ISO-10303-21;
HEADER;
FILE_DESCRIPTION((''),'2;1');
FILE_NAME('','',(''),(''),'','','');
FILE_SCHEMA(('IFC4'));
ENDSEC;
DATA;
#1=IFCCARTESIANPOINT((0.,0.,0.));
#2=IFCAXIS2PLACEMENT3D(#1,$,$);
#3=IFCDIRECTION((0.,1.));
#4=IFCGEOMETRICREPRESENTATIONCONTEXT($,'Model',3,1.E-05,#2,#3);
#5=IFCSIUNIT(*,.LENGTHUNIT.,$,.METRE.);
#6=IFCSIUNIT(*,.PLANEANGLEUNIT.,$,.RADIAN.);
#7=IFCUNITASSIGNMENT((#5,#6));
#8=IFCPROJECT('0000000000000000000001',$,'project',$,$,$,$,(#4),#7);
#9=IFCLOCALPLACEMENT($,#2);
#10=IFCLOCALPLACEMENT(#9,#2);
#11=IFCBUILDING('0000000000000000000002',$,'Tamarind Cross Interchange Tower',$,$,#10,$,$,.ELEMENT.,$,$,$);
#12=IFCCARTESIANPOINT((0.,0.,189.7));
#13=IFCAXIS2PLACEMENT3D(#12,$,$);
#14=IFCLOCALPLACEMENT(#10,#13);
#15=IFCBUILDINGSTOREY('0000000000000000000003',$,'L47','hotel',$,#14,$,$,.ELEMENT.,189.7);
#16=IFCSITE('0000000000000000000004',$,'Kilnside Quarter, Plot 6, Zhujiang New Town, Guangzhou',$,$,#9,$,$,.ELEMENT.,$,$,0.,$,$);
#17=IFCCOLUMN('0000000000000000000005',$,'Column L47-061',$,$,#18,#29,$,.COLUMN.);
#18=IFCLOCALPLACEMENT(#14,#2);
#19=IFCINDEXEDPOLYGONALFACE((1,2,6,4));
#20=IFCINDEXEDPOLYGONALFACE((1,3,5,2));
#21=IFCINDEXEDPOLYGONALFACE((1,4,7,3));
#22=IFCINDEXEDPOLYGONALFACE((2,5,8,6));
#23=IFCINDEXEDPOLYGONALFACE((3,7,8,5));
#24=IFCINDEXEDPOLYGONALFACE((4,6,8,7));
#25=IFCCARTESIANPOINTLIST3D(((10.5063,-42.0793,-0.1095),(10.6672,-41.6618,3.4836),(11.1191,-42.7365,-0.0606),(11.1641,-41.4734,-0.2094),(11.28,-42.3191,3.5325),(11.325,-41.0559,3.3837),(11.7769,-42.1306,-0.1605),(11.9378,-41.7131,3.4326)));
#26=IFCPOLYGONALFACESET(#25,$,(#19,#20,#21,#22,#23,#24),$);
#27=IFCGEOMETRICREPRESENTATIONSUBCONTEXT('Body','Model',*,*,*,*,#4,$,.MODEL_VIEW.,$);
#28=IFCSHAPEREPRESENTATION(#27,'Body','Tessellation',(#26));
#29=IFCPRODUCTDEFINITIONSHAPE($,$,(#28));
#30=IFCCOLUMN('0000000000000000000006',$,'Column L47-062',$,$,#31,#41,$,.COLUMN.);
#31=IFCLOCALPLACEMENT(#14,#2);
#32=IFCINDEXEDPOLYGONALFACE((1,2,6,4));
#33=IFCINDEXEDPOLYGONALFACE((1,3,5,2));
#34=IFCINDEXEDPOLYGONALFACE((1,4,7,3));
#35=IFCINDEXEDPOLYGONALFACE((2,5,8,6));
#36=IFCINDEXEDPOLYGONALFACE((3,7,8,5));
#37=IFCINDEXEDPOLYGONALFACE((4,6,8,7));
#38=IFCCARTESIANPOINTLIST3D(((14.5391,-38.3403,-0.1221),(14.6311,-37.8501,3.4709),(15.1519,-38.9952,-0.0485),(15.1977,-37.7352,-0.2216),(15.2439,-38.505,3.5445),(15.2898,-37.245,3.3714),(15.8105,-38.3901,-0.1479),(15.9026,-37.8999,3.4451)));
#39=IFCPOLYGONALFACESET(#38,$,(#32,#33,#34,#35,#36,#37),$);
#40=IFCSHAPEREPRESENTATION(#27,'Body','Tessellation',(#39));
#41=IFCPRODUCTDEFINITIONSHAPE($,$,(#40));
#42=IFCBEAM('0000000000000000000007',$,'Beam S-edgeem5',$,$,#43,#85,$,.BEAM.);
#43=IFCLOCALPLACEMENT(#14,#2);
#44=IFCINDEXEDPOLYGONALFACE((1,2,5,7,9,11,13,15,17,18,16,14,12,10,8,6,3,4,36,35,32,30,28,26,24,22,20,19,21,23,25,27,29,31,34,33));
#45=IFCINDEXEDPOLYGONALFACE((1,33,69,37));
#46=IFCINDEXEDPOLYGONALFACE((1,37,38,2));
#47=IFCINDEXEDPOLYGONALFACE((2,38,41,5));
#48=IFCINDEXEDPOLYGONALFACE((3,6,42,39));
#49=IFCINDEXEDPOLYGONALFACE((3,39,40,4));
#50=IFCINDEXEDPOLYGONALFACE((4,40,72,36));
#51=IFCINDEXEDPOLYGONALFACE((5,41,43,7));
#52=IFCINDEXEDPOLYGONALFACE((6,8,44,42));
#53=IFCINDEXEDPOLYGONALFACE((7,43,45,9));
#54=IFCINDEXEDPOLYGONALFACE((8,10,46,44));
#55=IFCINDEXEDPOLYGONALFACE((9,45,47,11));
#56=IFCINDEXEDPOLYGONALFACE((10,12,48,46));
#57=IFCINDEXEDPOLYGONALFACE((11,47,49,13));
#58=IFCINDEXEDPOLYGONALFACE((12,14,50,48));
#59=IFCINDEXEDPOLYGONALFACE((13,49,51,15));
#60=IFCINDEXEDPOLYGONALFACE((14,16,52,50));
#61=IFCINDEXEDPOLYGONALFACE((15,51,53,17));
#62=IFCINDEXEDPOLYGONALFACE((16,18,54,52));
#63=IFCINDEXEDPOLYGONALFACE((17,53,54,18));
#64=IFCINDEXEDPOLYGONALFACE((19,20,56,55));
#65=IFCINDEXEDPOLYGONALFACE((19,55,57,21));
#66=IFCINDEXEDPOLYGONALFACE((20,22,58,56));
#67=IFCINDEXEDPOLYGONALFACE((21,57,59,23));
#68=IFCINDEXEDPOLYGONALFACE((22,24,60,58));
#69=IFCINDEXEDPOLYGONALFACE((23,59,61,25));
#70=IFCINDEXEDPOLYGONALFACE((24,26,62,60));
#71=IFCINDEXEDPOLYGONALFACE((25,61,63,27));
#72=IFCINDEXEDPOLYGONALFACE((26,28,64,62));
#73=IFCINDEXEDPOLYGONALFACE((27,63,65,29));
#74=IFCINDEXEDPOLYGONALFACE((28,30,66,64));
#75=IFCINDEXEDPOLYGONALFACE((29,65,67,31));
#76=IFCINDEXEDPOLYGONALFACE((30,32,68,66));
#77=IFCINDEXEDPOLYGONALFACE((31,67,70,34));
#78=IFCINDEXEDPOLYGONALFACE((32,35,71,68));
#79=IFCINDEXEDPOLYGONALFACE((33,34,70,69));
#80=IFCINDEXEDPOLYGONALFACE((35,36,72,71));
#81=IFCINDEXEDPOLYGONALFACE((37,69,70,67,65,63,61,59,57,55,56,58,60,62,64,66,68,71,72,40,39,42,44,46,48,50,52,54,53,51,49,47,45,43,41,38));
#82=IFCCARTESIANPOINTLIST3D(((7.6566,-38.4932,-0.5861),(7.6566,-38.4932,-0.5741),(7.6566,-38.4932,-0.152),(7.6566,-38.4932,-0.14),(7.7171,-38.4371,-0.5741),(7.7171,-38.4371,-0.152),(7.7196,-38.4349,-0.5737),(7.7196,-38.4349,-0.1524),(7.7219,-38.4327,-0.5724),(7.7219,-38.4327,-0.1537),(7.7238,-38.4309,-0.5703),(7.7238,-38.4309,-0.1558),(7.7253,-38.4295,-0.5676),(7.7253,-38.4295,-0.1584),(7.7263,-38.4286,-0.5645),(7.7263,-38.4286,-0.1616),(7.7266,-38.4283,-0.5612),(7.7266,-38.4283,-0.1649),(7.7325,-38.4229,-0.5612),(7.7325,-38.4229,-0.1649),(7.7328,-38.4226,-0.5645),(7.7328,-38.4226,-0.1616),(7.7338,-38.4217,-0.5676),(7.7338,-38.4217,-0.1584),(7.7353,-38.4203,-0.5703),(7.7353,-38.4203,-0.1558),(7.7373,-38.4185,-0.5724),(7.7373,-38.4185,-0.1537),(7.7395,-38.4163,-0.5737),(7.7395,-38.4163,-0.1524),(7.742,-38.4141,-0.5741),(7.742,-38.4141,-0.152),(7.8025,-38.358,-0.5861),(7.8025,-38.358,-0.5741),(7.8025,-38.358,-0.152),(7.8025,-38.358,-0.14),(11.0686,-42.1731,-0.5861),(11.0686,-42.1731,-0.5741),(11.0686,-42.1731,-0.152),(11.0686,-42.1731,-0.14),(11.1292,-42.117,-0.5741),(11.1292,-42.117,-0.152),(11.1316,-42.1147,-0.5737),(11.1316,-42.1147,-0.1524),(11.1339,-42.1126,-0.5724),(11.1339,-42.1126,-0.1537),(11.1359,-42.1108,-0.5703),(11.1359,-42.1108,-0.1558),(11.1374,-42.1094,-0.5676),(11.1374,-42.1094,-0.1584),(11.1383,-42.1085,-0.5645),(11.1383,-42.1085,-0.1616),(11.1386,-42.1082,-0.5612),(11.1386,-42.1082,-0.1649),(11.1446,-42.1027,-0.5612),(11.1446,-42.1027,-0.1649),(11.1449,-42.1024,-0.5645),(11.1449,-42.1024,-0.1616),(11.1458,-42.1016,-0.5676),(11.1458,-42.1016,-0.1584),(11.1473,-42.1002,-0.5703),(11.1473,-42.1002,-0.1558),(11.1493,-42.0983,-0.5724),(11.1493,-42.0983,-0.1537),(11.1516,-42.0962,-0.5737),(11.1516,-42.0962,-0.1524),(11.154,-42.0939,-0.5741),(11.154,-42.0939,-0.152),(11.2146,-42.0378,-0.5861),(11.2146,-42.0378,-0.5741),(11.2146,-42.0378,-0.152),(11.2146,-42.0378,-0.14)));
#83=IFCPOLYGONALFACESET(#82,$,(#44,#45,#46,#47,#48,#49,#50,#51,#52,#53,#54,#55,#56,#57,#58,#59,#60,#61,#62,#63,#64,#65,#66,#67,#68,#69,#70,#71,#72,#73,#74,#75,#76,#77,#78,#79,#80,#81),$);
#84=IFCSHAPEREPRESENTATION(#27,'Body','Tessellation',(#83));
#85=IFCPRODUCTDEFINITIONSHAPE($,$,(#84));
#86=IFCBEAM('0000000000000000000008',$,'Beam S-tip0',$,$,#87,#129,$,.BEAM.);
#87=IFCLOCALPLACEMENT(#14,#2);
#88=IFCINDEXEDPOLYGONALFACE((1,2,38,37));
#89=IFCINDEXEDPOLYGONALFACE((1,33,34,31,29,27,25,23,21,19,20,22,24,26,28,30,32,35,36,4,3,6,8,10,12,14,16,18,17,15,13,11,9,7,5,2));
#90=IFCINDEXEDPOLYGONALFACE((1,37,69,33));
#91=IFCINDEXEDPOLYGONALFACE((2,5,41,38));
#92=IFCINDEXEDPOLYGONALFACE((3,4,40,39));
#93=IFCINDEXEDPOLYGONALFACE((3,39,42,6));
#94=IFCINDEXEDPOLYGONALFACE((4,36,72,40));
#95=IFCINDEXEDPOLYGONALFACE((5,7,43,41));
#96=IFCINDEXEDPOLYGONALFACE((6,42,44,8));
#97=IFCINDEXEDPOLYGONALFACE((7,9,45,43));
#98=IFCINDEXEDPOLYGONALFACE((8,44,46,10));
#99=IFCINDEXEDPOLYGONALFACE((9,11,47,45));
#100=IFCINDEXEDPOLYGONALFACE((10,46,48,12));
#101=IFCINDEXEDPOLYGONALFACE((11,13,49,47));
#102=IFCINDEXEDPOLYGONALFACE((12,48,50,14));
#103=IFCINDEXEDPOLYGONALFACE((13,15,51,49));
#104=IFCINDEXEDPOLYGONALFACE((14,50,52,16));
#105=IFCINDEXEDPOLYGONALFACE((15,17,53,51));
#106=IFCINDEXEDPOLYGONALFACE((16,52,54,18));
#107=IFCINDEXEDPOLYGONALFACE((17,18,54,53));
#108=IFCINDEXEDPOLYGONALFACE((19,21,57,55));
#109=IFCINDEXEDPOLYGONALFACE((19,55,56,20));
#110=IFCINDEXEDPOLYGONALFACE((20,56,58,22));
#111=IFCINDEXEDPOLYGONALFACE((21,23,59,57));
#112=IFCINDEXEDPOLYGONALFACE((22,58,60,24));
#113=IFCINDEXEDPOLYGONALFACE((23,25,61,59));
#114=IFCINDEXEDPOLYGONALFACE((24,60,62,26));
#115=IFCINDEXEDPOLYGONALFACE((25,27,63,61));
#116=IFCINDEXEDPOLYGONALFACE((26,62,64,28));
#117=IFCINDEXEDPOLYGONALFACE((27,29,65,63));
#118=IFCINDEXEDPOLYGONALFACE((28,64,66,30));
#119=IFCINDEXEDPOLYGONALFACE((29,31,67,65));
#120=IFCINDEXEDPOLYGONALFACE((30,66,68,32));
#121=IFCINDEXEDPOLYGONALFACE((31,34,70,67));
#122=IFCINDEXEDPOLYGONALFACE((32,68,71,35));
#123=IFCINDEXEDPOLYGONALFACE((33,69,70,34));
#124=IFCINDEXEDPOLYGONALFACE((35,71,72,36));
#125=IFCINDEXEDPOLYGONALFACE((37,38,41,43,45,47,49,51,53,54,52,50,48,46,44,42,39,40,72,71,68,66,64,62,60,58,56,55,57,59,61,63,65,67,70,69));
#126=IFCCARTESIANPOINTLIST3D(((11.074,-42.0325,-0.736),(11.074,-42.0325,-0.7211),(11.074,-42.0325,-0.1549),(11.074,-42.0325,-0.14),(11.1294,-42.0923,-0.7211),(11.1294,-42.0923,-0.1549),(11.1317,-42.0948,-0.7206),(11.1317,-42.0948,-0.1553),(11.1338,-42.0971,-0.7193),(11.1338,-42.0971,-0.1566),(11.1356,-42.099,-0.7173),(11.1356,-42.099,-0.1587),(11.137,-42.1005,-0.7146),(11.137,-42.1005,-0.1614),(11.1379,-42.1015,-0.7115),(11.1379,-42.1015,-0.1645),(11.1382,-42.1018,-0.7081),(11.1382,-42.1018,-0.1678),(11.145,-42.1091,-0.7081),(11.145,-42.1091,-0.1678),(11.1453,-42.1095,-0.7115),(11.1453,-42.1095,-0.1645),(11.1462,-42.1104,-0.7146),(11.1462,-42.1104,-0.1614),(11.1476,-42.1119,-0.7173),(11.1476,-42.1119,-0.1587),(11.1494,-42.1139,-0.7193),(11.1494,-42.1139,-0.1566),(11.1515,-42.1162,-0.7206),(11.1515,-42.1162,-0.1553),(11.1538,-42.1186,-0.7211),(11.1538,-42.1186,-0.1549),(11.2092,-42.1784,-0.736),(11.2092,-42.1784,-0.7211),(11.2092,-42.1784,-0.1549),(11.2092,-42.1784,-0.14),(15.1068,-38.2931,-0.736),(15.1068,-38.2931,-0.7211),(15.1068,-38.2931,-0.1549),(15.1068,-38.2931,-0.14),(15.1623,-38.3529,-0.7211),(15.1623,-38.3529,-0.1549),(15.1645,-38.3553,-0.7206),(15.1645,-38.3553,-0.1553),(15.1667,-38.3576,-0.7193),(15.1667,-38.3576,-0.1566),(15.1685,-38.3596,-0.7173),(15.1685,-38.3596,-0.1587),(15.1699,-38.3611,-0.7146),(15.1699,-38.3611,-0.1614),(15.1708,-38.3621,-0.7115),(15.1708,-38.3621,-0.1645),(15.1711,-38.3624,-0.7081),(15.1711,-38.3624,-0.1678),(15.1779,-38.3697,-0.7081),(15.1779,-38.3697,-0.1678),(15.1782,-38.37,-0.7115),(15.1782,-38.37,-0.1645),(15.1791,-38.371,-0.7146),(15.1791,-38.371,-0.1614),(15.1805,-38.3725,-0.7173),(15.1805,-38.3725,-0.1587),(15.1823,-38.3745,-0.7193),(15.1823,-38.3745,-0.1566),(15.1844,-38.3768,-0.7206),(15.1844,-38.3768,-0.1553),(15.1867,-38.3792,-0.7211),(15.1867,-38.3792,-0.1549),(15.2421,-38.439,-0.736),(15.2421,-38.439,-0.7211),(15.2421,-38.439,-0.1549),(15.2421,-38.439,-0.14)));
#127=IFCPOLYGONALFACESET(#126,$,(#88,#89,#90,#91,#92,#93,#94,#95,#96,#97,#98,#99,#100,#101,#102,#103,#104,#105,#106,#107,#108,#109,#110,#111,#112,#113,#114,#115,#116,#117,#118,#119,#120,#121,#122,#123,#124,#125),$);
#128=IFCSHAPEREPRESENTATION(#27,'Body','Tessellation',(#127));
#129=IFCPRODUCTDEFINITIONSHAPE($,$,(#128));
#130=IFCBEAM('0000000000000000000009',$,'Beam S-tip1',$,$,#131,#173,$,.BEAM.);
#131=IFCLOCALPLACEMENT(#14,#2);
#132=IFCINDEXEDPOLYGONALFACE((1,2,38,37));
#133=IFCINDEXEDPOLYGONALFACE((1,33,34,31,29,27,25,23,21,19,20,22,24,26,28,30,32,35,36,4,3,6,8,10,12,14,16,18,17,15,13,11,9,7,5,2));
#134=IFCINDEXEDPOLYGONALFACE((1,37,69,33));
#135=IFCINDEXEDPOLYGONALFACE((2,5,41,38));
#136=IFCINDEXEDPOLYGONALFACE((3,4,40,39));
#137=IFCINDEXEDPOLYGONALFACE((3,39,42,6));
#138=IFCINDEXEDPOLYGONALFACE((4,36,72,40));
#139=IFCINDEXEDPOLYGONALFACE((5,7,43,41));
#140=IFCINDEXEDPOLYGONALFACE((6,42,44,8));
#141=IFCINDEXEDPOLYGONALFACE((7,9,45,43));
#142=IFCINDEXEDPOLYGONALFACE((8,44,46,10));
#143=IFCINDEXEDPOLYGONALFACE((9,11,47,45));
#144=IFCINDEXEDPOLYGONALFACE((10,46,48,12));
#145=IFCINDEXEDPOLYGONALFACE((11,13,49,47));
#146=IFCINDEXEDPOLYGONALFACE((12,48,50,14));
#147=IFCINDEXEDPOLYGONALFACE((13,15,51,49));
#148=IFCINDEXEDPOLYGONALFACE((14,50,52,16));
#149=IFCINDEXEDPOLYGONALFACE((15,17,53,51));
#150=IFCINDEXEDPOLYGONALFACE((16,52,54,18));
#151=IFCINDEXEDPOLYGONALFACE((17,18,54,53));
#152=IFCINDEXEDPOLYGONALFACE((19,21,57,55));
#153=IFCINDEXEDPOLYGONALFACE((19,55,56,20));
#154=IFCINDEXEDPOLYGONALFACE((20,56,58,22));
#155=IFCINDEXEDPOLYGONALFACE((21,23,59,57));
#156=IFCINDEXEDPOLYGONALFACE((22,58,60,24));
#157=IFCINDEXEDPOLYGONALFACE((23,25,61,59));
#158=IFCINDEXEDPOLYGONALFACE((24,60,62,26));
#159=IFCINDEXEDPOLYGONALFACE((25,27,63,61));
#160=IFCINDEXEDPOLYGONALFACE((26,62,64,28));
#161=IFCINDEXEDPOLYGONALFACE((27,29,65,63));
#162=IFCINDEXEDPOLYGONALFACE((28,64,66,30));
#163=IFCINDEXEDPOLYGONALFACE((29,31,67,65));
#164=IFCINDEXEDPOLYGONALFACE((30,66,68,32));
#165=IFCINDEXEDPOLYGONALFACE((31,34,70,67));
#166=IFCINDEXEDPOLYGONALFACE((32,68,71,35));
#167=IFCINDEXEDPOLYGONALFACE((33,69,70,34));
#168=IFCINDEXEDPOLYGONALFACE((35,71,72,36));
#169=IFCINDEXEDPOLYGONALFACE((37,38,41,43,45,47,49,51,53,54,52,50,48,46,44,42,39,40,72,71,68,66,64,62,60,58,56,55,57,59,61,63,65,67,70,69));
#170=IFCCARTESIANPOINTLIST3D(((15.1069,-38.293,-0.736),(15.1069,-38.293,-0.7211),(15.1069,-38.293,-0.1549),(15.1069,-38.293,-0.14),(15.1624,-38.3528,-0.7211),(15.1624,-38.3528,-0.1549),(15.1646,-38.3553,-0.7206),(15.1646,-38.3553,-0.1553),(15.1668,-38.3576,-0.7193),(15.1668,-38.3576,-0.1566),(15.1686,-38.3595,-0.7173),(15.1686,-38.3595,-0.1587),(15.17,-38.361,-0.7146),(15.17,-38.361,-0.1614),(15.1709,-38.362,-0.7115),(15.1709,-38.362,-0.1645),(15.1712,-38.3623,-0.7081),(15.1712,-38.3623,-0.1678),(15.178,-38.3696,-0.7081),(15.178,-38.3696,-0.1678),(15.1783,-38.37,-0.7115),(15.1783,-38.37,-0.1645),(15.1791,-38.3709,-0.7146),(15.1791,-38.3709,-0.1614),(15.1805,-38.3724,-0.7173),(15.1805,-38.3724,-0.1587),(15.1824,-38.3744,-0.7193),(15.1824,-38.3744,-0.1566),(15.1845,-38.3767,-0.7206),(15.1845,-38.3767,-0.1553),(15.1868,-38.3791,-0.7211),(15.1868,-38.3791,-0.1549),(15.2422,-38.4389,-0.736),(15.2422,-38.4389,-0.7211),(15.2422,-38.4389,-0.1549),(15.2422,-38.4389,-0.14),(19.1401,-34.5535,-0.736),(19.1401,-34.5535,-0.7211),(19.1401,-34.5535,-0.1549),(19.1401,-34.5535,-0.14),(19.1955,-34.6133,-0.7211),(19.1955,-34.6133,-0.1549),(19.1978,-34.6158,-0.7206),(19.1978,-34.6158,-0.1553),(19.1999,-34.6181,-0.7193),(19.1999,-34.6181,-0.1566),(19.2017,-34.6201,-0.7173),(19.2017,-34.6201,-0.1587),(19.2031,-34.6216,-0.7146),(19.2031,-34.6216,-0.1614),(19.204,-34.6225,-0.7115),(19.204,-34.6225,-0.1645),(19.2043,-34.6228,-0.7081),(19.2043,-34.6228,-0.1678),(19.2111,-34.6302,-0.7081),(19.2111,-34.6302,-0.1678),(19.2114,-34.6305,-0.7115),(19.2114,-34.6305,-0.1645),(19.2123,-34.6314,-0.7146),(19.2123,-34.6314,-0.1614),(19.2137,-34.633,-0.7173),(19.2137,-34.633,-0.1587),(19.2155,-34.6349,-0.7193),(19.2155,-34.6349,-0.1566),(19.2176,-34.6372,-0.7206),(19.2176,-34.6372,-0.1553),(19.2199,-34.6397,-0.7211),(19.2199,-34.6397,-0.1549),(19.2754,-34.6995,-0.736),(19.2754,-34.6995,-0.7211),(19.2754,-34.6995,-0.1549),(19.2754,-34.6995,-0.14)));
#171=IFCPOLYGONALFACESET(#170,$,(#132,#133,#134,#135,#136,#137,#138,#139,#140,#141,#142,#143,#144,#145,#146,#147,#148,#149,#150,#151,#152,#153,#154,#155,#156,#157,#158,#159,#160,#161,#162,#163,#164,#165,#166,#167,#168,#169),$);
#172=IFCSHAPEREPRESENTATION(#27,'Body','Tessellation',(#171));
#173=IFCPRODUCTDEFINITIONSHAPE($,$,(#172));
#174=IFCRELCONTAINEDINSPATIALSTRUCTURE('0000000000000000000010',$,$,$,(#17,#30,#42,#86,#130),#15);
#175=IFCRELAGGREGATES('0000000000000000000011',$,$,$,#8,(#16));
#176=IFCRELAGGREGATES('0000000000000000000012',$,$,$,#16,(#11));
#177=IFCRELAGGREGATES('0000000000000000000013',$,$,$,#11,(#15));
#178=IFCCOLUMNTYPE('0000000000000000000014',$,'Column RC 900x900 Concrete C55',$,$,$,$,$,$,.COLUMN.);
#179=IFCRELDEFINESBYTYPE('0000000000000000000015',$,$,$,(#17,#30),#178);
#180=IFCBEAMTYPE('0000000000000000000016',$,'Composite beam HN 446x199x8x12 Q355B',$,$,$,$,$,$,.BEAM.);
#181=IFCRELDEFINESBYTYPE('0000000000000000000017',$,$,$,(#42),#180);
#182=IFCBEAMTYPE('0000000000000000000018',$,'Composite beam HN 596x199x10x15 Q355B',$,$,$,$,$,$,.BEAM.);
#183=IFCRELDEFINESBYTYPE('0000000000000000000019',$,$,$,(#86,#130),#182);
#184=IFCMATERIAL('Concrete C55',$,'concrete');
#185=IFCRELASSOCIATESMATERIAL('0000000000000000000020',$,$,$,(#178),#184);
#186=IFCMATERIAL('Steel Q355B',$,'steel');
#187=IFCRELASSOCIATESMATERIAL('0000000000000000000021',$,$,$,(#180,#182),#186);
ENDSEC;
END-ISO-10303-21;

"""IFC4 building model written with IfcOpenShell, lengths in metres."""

from ifc_helpers import new_model, si_unit, direction, frame, origin, origin_2d, place, context, subcontext, project, spatial, rectangle, i_section, extrude, material, material_profile, profile_set, type_object, element, save


model = new_model("IFC4")

# Units and contexts
model_context = context("Model", 3, precision=1e-05, world=origin(), true_north=direction((0.0, 1.0)))
body_context = subcontext(model_context, "Body", "Model", "MODEL_VIEW")
ifc_project = project(units=[si_unit("LENGTHUNIT", "METRE"), si_unit("PLANEANGLEUNIT", "RADIAN")], contexts=[model_context])

# Site, building, storey
site_placement = place(None, origin())
site = spatial("IfcSite", under=ifc_project, at=site_placement, Name="Kilnside Quarter, Plot 6, Zhujiang New Town, Guangzhou", CompositionType="ELEMENT", RefElevation=0.0)
building_placement = place(site_placement, origin())
building = spatial("IfcBuilding", under=site, at=building_placement, Name="Tamarind Cross Interchange Tower", CompositionType="ELEMENT")
storey_placement = place(building_placement, frame((0.0, 0.0, 189.7)))
storey = spatial("IfcBuildingStorey", under=building, at=storey_placement, Name="L47", Description="hotel", CompositionType="ELEMENT", Elevation=189.7)

# Columns
ifc_material_1 = material(Name="Concrete C55", Category="concrete")
ifc_material_profile_1 = material_profile(ifc_material_1, rectangle(XDim=0.8999, YDim=0.8999, at=origin_2d()), Name="RC 900x900")
ifc_profile_set_1 = profile_set([ifc_material_profile_1], Name="Concrete C55")
column_type = type_object("IfcColumnType", Name="Column RC 900x900 Concrete C55", PredefinedType="COLUMN", material=ifc_profile_set_1)
column_1_placement = place(storey_placement, frame((11.1416, -42.105, -0.135), z_axis=(0.044435, 0.115302, 0.992336), x_axis=(-0.730978, -0.673318, 0.110966)))
element("IfcColumn", 1, at=column_1_placement, inside=storey, type_object=column_type, Name="Column L47-061", PredefinedType="COLUMN", context=body_context, shape_type="SweptSolid", body=[
    extrude(rectangle(XDim=0.8999, YDim=0.8999, at=origin_2d()), origin(), (0.0, 0.0, 1.0), 3.6208),
])
column_2_placement = place(storey_placement, frame((15.1748, -38.3652, -0.135), z_axis=(0.025373, 0.135145, 0.990501), x_axis=(-0.731879, -0.672416, 0.110493)))
element("IfcColumn", 2, at=column_2_placement, inside=storey, type_object=column_type, Name="Column L47-062", PredefinedType="COLUMN", context=body_context, shape_type="SweptSolid", body=[
    extrude(rectangle(XDim=0.8999, YDim=0.8999, at=origin_2d()), origin(), (0.0, 0.0, 1.0), 3.6274),
])

# Beams
ifc_material_2 = material(Name="Steel Q355B", Category="steel")
ifc_material_profile_2 = material_profile(ifc_material_2, i_section(OverallWidth=0.199, OverallDepth=0.446, WebThickness=0.0081, FlangeThickness=0.012, FilletRadius=0.0129, at=origin_2d()), Name="HN 446x199x8x12")
ifc_profile_set_2 = profile_set([ifc_material_profile_2], Name="Steel Q355B")
beam_type_1 = type_object("IfcBeamType", Name="Composite beam HN 446x199x8x12 Q355B", PredefinedType="BEAM", material=ifc_profile_set_2)
beam_1_placement = place(storey_placement, frame((11.1416, -42.1055, -0.363), z_axis=(-0.679919, 0.733287, 0.0), x_axis=(-0.733287, -0.679919, 0.0)))
element("IfcBeam", 3, at=beam_1_placement, inside=storey, type_object=beam_type_1, Name="Beam S-edgeem5", PredefinedType="BEAM", context=body_context, shape_type="SweptSolid", body=[
    extrude(i_section(OverallWidth=0.199, OverallDepth=0.446, WebThickness=0.0081, FlangeThickness=0.012, FilletRadius=0.0129, at=origin_2d()), origin(), (0.0, 0.0, 1.0), 5.0183),
])
ifc_material_profile_3 = material_profile(ifc_material_2, i_section(OverallWidth=0.199, OverallDepth=0.5959, WebThickness=0.01, FlangeThickness=0.0149, FilletRadius=0.0129, at=origin_2d()), Name="HN 596x199x10x15")
ifc_profile_set_3 = profile_set([ifc_material_profile_3], Name="Steel Q355B")
beam_type_2 = type_object("IfcBeamType", Name="Composite beam HN 596x199x10x15 Q355B", PredefinedType="BEAM", material=ifc_profile_set_3)
beam_2_placement = place(storey_placement, frame((11.1416, -42.1055, -0.438), z_axis=(0.733282, 0.679925, 0.0), x_axis=(-0.679925, 0.733282, 0.0)))
element("IfcBeam", 4, at=beam_2_placement, inside=storey, type_object=beam_type_2, Name="Beam S-tip0", PredefinedType="BEAM", context=body_context, shape_type="SweptSolid", body=[
    extrude(i_section(OverallWidth=0.199, OverallDepth=0.5959, WebThickness=0.01, FlangeThickness=0.0149, FilletRadius=0.0129, at=origin_2d()), origin(), (0.0, 0.0, 1.0), 5.4998),
])
beam_3_placement = place(storey_placement, frame((15.1746, -38.366, -0.438), z_axis=(0.733302, 0.679903, 0.0), x_axis=(-0.679903, 0.733302, 0.0)))
element("IfcBeam", 5, at=beam_3_placement, inside=storey, type_object=beam_type_2, Name="Beam S-tip1", PredefinedType="BEAM", context=body_context, shape_type="SweptSolid", body=[
    extrude(i_section(OverallWidth=0.199, OverallDepth=0.5959, WebThickness=0.01, FlangeThickness=0.0149, FilletRadius=0.0129, at=origin_2d()), origin(), (0.0, 0.0, 1.0), 5.5),
])

save(model, "model.ifc")
